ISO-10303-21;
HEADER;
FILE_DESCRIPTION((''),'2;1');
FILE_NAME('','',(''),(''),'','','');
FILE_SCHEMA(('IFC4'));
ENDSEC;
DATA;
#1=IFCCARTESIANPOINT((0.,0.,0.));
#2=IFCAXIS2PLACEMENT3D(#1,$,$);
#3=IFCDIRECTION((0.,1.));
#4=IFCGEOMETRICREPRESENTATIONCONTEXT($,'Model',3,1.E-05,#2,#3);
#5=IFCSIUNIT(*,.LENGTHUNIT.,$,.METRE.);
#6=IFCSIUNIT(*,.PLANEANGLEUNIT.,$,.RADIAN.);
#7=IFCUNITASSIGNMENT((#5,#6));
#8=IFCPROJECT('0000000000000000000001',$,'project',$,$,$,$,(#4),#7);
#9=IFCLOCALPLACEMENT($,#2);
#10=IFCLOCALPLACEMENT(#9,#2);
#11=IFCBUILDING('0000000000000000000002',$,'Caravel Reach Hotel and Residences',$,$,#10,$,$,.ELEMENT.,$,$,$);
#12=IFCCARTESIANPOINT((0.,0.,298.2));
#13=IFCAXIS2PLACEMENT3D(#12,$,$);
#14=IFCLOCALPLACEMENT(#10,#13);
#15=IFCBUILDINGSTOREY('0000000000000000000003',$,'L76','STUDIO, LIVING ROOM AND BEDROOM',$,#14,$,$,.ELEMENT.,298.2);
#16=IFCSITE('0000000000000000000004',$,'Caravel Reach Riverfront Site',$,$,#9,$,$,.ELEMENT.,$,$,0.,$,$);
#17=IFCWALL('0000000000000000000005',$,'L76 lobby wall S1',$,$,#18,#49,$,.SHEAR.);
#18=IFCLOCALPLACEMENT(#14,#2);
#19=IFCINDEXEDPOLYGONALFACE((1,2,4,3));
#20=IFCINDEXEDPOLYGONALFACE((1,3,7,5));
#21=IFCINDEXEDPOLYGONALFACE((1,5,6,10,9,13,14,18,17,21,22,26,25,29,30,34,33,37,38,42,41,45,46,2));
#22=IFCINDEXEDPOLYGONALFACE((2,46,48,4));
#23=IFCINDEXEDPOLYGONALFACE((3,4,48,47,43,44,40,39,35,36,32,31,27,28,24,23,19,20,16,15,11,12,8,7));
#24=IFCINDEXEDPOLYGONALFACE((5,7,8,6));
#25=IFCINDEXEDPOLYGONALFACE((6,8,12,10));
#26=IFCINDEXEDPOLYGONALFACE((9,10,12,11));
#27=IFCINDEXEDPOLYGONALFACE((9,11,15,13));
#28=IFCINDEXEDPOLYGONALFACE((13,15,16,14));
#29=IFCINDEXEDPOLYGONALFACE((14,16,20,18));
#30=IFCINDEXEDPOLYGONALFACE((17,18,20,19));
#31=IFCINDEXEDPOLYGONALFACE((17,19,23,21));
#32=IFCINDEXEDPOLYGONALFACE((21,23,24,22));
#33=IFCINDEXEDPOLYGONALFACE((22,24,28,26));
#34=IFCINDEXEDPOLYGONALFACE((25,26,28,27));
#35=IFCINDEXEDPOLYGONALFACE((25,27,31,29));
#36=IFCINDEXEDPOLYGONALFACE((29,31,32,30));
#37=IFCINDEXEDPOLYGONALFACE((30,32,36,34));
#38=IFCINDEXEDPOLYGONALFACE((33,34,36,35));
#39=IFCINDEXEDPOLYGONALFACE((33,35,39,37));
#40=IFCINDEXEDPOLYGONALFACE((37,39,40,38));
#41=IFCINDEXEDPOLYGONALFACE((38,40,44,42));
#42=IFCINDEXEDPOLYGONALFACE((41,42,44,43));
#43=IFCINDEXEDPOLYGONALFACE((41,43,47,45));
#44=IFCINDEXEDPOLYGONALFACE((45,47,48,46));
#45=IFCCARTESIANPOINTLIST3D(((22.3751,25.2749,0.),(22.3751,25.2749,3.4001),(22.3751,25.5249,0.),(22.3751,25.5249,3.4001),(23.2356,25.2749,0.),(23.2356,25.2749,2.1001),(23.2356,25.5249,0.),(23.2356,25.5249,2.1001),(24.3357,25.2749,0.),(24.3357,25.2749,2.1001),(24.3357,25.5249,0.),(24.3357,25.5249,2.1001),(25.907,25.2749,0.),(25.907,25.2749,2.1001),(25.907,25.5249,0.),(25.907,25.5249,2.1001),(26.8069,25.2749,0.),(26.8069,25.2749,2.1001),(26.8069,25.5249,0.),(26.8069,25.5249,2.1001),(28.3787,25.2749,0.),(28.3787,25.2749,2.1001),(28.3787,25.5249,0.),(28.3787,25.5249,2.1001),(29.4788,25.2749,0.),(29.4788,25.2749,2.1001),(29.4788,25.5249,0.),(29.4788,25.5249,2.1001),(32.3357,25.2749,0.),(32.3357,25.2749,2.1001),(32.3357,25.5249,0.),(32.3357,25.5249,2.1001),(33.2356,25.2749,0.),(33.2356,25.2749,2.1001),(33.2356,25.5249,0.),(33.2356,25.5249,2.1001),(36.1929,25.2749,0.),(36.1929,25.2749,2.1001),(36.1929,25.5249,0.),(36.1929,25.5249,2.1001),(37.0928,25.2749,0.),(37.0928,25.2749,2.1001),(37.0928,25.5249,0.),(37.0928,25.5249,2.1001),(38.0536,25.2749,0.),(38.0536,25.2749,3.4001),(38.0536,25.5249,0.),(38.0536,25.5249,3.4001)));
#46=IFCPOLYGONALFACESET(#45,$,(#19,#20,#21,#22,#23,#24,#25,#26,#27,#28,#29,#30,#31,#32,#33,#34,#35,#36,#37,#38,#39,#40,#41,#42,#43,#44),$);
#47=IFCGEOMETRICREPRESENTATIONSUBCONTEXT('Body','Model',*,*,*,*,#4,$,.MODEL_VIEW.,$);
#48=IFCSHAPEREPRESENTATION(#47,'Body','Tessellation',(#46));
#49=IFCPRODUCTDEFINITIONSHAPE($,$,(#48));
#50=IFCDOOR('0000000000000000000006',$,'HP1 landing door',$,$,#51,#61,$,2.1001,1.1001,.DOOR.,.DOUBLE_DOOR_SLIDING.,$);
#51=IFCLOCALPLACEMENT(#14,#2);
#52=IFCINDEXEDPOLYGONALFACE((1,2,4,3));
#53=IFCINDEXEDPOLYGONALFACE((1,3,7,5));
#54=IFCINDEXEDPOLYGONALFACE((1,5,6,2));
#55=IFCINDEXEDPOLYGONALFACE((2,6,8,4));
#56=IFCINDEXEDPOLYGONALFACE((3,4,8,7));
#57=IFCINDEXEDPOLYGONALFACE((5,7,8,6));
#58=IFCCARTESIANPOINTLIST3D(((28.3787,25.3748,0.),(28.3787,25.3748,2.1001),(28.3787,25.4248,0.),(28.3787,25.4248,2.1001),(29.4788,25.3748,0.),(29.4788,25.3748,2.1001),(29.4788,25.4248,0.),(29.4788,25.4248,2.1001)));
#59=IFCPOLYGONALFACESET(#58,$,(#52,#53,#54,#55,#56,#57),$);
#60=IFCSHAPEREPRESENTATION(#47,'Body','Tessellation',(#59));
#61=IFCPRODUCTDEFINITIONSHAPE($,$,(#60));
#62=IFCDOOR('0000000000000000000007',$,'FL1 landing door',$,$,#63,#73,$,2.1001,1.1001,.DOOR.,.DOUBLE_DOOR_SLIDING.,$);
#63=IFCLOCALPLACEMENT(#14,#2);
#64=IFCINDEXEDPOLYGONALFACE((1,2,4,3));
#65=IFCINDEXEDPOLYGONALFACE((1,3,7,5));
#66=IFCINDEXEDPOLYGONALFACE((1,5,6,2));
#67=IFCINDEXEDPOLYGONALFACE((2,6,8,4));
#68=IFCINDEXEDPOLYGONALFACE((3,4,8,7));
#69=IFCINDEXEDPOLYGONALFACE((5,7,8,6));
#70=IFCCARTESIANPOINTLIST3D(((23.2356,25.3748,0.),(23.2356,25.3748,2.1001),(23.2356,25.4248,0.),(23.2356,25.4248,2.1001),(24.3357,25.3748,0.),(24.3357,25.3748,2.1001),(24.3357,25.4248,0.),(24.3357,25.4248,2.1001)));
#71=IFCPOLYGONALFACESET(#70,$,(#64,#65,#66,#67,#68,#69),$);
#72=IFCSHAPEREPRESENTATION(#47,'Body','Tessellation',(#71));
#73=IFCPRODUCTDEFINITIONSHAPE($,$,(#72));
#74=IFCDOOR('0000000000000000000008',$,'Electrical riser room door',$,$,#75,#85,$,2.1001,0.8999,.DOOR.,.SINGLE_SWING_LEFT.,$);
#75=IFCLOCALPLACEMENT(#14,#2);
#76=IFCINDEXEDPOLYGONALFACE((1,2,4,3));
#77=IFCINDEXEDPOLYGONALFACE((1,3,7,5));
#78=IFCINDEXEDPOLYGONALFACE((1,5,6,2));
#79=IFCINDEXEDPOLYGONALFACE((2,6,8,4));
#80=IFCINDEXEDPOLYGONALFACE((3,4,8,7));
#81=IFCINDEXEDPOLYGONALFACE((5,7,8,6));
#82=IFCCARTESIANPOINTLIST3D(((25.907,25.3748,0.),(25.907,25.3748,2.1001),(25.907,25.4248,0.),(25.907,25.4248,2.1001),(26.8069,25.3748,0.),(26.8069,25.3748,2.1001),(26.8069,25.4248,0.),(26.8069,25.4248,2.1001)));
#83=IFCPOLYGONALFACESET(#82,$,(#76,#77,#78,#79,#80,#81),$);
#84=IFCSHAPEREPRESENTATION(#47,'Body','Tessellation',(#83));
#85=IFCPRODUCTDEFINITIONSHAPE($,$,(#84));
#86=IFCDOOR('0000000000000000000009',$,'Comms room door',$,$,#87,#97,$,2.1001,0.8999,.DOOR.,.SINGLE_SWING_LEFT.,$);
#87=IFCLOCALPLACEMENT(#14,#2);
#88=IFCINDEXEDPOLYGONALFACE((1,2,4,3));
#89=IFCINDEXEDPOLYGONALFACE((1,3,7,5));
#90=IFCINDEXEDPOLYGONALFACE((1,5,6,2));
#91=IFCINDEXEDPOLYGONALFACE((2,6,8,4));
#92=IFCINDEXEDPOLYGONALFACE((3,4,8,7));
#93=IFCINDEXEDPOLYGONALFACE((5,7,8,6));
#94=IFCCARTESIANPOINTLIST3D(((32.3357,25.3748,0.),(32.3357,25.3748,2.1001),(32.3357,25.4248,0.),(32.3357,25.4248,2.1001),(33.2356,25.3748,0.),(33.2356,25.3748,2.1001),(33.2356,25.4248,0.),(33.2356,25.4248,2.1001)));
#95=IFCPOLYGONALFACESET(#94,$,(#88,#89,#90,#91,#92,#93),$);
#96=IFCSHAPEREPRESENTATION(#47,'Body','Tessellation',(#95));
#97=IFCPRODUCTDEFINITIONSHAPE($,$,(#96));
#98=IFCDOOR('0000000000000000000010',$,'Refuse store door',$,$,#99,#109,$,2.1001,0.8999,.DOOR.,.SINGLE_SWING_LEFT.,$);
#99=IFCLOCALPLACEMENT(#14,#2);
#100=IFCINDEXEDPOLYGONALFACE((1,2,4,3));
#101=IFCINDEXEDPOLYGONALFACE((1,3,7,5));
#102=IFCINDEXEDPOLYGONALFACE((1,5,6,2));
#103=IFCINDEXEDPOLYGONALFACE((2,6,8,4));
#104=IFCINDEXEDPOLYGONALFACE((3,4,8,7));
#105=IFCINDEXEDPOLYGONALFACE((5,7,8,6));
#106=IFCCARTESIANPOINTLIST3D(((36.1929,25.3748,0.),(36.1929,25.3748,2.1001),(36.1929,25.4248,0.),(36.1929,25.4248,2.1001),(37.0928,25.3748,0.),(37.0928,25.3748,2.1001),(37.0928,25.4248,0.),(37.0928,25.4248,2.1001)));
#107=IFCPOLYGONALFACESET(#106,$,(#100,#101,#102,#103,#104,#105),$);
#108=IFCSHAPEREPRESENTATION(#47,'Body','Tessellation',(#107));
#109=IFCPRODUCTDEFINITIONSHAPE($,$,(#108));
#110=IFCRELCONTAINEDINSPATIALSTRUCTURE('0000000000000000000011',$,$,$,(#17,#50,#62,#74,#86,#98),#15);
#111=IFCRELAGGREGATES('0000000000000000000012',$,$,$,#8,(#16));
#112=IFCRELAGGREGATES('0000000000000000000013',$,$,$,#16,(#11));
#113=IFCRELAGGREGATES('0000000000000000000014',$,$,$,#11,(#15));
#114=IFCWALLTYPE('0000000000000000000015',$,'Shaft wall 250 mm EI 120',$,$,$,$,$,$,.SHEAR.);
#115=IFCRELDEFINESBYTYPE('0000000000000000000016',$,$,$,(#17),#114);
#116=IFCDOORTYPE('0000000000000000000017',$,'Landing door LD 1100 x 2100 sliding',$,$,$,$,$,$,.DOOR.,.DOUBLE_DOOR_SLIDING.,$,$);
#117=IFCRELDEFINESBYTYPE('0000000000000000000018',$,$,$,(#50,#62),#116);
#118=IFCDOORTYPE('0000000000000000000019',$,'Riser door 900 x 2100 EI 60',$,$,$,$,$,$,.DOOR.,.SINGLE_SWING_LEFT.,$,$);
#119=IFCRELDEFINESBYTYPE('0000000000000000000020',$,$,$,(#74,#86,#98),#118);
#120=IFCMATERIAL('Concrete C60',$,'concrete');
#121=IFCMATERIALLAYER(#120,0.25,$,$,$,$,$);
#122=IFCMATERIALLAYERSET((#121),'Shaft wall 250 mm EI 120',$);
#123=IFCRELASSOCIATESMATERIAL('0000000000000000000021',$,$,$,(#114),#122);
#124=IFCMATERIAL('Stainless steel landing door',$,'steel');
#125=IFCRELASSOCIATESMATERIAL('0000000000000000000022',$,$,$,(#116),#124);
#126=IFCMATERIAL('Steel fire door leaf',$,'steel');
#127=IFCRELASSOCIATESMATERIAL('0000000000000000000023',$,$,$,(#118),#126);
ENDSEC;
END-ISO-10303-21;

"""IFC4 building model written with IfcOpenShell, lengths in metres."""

from ifc_helpers import new_model, si_unit, direction, frame, frame_2d, origin, place, context, subcontext, project, spatial, rectangle, extrude, material, layer, layer_set, type_object, element, fill, save


model = new_model("IFC4")

# Units and contexts
model_context = context("Model", 3, precision=1e-05, world=origin(), true_north=direction((0.0, 1.0)))
body_context = subcontext(model_context, "Body", "Model", "MODEL_VIEW")
ifc_project = project(units=[si_unit("LENGTHUNIT", "METRE"), si_unit("PLANEANGLEUNIT", "RADIAN")], contexts=[model_context])

# Site, building, storey
site_placement = place(None, origin())
site = spatial("IfcSite", under=ifc_project, at=site_placement, Name="Caravel Reach Riverfront Site", CompositionType="ELEMENT", RefElevation=0.0)
building_placement = place(site_placement, origin())
building = spatial("IfcBuilding", under=site, at=building_placement, Name="Caravel Reach Hotel and Residences", CompositionType="ELEMENT")
storey_placement = place(building_placement, frame((0.0, 0.0, 298.2)))
storey = spatial("IfcBuildingStorey", under=building, at=storey_placement, Name="L76", Description="STUDIO, LIVING ROOM AND BEDROOM", CompositionType="ELEMENT", Elevation=298.2)

# Wall, openings, doors
ifc_material_1 = material(Name="Concrete C60", Category="concrete")
ifc_layer_1 = layer(ifc_material_1, 0.25)
ifc_layer_set_1 = layer_set([ifc_layer_1], Name="Shaft wall 250 mm EI 120")
wall_type_1 = type_object("IfcWallType", Name="Shaft wall 250 mm EI 120", PredefinedType="SHEAR", material=ifc_layer_set_1)
wall_1_placement = place(storey_placement, frame((22.375, 25.3999, 0.0), z_axis=(0.0, 0.0, 1.0), x_axis=(1.0, 0.0, 0.0)))
wall_1 = element("IfcWall", 1, at=wall_1_placement, inside=storey, type_object=wall_type_1, Name="L76 lobby wall S1", PredefinedType="SHEAR", context=body_context, shape_type="SweptSolid", body=[
    extrude(rectangle(XDim=15.6785, YDim=0.25, at=frame_2d((7.8394, 0.0))), origin(), (0.0, 0.0, 1.0), 3.4001),
])
opening_1_placement = place(wall_1_placement, frame((6.0037, 0.0, 0.0)))
opening_1 = element("IfcOpeningElement", 2, at=opening_1_placement, cuts=wall_1, PredefinedType="OPENING", context=body_context, shape_type="SweptSolid", body=[
    extrude(rectangle(XDim=1.1001, YDim=2.1001, at=frame_2d((0.55, 1.05))), frame((0.0, 0.135, 0.0), z_axis=(0.0, -1.0, 0.0), x_axis=(1.0, 0.0, 0.0)), (0.0, 0.0, 1.0), 0.27),
])
opening_2_placement = place(wall_1_placement, frame((0.8606, 0.0, 0.0)))
opening_2 = element("IfcOpeningElement", 3, at=opening_2_placement, cuts=wall_1, PredefinedType="OPENING", context=body_context, shape_type="SweptSolid", body=[
    extrude(rectangle(XDim=1.1001, YDim=2.1001, at=frame_2d((0.55, 1.05))), frame((0.0, 0.135, 0.0), z_axis=(0.0, -1.0, 0.0), x_axis=(1.0, 0.0, 0.0)), (0.0, 0.0, 1.0), 0.27),
])
opening_3_placement = place(wall_1_placement, frame((3.532, 0.0, 0.0)))
opening_3 = element("IfcOpeningElement", 4, at=opening_3_placement, cuts=wall_1, PredefinedType="OPENING", context=body_context, shape_type="SweptSolid", body=[
    extrude(rectangle(XDim=0.8999, YDim=2.1001, at=frame_2d((0.45, 1.05))), frame((0.0, 0.135, 0.0), z_axis=(0.0, -1.0, 0.0), x_axis=(1.0, 0.0, 0.0)), (0.0, 0.0, 1.0), 0.27),
])
opening_4_placement = place(wall_1_placement, frame((9.9607, 0.0, 0.0)))
opening_4 = element("IfcOpeningElement", 5, at=opening_4_placement, cuts=wall_1, PredefinedType="OPENING", context=body_context, shape_type="SweptSolid", body=[
    extrude(rectangle(XDim=0.8999, YDim=2.1001, at=frame_2d((0.45, 1.05))), frame((0.0, 0.135, 0.0), z_axis=(0.0, -1.0, 0.0), x_axis=(1.0, 0.0, 0.0)), (0.0, 0.0, 1.0), 0.27),
])
opening_5_placement = place(wall_1_placement, frame((13.8179, 0.0, 0.0)))
opening_5 = element("IfcOpeningElement", 6, at=opening_5_placement, cuts=wall_1, PredefinedType="OPENING", context=body_context, shape_type="SweptSolid", body=[
    extrude(rectangle(XDim=0.8999, YDim=2.1001, at=frame_2d((0.45, 1.05))), frame((0.0, 0.135, 0.0), z_axis=(0.0, -1.0, 0.0), x_axis=(1.0, 0.0, 0.0)), (0.0, 0.0, 1.0), 0.27),
])
ifc_material_2 = material(Name="Stainless steel landing door", Category="steel")
door_type_1 = type_object("IfcDoorType", Name="Landing door LD 1100 x 2100 sliding", OperationType="DOUBLE_DOOR_SLIDING", PredefinedType="DOOR", material=ifc_material_2)
door_1_placement = place(opening_1_placement, origin())
door_1 = element("IfcDoor", 7, at=door_1_placement, inside=storey, type_object=door_type_1, Name="HP1 landing door", OperationType="DOUBLE_DOOR_SLIDING", OverallHeight=2.1001, OverallWidth=1.1001, PredefinedType="DOOR", context=body_context, shape_type="SweptSolid", body=[
    extrude(rectangle(XDim=1.1001, YDim=2.1001, at=frame_2d((0.55, 1.05))), frame((0.0, 0.0249, 0.0), z_axis=(0.0, -1.0, 0.0), x_axis=(1.0, 0.0, 0.0)), (0.0, 0.0, 1.0), 0.05),
])
fill(opening_1, door_1)
door_2_placement = place(opening_2_placement, origin())
door_2 = element("IfcDoor", 8, at=door_2_placement, inside=storey, type_object=door_type_1, Name="FL1 landing door", OperationType="DOUBLE_DOOR_SLIDING", OverallHeight=2.1001, OverallWidth=1.1001, PredefinedType="DOOR", context=body_context, shape_type="SweptSolid", body=[
    extrude(rectangle(XDim=1.1001, YDim=2.1001, at=frame_2d((0.55, 1.05))), frame((0.0, 0.0249, 0.0), z_axis=(0.0, -1.0, 0.0), x_axis=(1.0, 0.0, 0.0)), (0.0, 0.0, 1.0), 0.05),
])
fill(opening_2, door_2)
ifc_material_3 = material(Name="Steel fire door leaf", Category="steel")
door_type_2 = type_object("IfcDoorType", Name="Riser door 900 x 2100 EI 60", OperationType="SINGLE_SWING_LEFT", PredefinedType="DOOR", material=ifc_material_3)
door_3_placement = place(opening_3_placement, origin())
door_3 = element("IfcDoor", 9, at=door_3_placement, inside=storey, type_object=door_type_2, Name="Electrical riser room door", OperationType="SINGLE_SWING_LEFT", OverallHeight=2.1001, OverallWidth=0.8999, PredefinedType="DOOR", context=body_context, shape_type="SweptSolid", body=[
    extrude(rectangle(XDim=0.8999, YDim=2.1001, at=frame_2d((0.45, 1.05))), frame((0.0, 0.0249, 0.0), z_axis=(0.0, -1.0, 0.0), x_axis=(1.0, 0.0, 0.0)), (0.0, 0.0, 1.0), 0.05),
])
fill(opening_3, door_3)
door_4_placement = place(opening_4_placement, origin())
door_4 = element("IfcDoor", 10, at=door_4_placement, inside=storey, type_object=door_type_2, Name="Comms room door", OperationType="SINGLE_SWING_LEFT", OverallHeight=2.1001, OverallWidth=0.8999, PredefinedType="DOOR", context=body_context, shape_type="SweptSolid", body=[
    extrude(rectangle(XDim=0.8999, YDim=2.1001, at=frame_2d((0.45, 1.05))), frame((0.0, 0.0249, 0.0), z_axis=(0.0, -1.0, 0.0), x_axis=(1.0, 0.0, 0.0)), (0.0, 0.0, 1.0), 0.05),
])
fill(opening_4, door_4)
door_5_placement = place(opening_5_placement, origin())
door_5 = element("IfcDoor", 11, at=door_5_placement, inside=storey, type_object=door_type_2, Name="Refuse store door", OperationType="SINGLE_SWING_LEFT", OverallHeight=2.1001, OverallWidth=0.8999, PredefinedType="DOOR", context=body_context, shape_type="SweptSolid", body=[
    extrude(rectangle(XDim=0.8999, YDim=2.1001, at=frame_2d((0.45, 1.05))), frame((0.0, 0.0249, 0.0), z_axis=(0.0, -1.0, 0.0), x_axis=(1.0, 0.0, 0.0)), (0.0, 0.0, 1.0), 0.05),
])
fill(opening_5, door_5)

save(model, "model.ifc")
